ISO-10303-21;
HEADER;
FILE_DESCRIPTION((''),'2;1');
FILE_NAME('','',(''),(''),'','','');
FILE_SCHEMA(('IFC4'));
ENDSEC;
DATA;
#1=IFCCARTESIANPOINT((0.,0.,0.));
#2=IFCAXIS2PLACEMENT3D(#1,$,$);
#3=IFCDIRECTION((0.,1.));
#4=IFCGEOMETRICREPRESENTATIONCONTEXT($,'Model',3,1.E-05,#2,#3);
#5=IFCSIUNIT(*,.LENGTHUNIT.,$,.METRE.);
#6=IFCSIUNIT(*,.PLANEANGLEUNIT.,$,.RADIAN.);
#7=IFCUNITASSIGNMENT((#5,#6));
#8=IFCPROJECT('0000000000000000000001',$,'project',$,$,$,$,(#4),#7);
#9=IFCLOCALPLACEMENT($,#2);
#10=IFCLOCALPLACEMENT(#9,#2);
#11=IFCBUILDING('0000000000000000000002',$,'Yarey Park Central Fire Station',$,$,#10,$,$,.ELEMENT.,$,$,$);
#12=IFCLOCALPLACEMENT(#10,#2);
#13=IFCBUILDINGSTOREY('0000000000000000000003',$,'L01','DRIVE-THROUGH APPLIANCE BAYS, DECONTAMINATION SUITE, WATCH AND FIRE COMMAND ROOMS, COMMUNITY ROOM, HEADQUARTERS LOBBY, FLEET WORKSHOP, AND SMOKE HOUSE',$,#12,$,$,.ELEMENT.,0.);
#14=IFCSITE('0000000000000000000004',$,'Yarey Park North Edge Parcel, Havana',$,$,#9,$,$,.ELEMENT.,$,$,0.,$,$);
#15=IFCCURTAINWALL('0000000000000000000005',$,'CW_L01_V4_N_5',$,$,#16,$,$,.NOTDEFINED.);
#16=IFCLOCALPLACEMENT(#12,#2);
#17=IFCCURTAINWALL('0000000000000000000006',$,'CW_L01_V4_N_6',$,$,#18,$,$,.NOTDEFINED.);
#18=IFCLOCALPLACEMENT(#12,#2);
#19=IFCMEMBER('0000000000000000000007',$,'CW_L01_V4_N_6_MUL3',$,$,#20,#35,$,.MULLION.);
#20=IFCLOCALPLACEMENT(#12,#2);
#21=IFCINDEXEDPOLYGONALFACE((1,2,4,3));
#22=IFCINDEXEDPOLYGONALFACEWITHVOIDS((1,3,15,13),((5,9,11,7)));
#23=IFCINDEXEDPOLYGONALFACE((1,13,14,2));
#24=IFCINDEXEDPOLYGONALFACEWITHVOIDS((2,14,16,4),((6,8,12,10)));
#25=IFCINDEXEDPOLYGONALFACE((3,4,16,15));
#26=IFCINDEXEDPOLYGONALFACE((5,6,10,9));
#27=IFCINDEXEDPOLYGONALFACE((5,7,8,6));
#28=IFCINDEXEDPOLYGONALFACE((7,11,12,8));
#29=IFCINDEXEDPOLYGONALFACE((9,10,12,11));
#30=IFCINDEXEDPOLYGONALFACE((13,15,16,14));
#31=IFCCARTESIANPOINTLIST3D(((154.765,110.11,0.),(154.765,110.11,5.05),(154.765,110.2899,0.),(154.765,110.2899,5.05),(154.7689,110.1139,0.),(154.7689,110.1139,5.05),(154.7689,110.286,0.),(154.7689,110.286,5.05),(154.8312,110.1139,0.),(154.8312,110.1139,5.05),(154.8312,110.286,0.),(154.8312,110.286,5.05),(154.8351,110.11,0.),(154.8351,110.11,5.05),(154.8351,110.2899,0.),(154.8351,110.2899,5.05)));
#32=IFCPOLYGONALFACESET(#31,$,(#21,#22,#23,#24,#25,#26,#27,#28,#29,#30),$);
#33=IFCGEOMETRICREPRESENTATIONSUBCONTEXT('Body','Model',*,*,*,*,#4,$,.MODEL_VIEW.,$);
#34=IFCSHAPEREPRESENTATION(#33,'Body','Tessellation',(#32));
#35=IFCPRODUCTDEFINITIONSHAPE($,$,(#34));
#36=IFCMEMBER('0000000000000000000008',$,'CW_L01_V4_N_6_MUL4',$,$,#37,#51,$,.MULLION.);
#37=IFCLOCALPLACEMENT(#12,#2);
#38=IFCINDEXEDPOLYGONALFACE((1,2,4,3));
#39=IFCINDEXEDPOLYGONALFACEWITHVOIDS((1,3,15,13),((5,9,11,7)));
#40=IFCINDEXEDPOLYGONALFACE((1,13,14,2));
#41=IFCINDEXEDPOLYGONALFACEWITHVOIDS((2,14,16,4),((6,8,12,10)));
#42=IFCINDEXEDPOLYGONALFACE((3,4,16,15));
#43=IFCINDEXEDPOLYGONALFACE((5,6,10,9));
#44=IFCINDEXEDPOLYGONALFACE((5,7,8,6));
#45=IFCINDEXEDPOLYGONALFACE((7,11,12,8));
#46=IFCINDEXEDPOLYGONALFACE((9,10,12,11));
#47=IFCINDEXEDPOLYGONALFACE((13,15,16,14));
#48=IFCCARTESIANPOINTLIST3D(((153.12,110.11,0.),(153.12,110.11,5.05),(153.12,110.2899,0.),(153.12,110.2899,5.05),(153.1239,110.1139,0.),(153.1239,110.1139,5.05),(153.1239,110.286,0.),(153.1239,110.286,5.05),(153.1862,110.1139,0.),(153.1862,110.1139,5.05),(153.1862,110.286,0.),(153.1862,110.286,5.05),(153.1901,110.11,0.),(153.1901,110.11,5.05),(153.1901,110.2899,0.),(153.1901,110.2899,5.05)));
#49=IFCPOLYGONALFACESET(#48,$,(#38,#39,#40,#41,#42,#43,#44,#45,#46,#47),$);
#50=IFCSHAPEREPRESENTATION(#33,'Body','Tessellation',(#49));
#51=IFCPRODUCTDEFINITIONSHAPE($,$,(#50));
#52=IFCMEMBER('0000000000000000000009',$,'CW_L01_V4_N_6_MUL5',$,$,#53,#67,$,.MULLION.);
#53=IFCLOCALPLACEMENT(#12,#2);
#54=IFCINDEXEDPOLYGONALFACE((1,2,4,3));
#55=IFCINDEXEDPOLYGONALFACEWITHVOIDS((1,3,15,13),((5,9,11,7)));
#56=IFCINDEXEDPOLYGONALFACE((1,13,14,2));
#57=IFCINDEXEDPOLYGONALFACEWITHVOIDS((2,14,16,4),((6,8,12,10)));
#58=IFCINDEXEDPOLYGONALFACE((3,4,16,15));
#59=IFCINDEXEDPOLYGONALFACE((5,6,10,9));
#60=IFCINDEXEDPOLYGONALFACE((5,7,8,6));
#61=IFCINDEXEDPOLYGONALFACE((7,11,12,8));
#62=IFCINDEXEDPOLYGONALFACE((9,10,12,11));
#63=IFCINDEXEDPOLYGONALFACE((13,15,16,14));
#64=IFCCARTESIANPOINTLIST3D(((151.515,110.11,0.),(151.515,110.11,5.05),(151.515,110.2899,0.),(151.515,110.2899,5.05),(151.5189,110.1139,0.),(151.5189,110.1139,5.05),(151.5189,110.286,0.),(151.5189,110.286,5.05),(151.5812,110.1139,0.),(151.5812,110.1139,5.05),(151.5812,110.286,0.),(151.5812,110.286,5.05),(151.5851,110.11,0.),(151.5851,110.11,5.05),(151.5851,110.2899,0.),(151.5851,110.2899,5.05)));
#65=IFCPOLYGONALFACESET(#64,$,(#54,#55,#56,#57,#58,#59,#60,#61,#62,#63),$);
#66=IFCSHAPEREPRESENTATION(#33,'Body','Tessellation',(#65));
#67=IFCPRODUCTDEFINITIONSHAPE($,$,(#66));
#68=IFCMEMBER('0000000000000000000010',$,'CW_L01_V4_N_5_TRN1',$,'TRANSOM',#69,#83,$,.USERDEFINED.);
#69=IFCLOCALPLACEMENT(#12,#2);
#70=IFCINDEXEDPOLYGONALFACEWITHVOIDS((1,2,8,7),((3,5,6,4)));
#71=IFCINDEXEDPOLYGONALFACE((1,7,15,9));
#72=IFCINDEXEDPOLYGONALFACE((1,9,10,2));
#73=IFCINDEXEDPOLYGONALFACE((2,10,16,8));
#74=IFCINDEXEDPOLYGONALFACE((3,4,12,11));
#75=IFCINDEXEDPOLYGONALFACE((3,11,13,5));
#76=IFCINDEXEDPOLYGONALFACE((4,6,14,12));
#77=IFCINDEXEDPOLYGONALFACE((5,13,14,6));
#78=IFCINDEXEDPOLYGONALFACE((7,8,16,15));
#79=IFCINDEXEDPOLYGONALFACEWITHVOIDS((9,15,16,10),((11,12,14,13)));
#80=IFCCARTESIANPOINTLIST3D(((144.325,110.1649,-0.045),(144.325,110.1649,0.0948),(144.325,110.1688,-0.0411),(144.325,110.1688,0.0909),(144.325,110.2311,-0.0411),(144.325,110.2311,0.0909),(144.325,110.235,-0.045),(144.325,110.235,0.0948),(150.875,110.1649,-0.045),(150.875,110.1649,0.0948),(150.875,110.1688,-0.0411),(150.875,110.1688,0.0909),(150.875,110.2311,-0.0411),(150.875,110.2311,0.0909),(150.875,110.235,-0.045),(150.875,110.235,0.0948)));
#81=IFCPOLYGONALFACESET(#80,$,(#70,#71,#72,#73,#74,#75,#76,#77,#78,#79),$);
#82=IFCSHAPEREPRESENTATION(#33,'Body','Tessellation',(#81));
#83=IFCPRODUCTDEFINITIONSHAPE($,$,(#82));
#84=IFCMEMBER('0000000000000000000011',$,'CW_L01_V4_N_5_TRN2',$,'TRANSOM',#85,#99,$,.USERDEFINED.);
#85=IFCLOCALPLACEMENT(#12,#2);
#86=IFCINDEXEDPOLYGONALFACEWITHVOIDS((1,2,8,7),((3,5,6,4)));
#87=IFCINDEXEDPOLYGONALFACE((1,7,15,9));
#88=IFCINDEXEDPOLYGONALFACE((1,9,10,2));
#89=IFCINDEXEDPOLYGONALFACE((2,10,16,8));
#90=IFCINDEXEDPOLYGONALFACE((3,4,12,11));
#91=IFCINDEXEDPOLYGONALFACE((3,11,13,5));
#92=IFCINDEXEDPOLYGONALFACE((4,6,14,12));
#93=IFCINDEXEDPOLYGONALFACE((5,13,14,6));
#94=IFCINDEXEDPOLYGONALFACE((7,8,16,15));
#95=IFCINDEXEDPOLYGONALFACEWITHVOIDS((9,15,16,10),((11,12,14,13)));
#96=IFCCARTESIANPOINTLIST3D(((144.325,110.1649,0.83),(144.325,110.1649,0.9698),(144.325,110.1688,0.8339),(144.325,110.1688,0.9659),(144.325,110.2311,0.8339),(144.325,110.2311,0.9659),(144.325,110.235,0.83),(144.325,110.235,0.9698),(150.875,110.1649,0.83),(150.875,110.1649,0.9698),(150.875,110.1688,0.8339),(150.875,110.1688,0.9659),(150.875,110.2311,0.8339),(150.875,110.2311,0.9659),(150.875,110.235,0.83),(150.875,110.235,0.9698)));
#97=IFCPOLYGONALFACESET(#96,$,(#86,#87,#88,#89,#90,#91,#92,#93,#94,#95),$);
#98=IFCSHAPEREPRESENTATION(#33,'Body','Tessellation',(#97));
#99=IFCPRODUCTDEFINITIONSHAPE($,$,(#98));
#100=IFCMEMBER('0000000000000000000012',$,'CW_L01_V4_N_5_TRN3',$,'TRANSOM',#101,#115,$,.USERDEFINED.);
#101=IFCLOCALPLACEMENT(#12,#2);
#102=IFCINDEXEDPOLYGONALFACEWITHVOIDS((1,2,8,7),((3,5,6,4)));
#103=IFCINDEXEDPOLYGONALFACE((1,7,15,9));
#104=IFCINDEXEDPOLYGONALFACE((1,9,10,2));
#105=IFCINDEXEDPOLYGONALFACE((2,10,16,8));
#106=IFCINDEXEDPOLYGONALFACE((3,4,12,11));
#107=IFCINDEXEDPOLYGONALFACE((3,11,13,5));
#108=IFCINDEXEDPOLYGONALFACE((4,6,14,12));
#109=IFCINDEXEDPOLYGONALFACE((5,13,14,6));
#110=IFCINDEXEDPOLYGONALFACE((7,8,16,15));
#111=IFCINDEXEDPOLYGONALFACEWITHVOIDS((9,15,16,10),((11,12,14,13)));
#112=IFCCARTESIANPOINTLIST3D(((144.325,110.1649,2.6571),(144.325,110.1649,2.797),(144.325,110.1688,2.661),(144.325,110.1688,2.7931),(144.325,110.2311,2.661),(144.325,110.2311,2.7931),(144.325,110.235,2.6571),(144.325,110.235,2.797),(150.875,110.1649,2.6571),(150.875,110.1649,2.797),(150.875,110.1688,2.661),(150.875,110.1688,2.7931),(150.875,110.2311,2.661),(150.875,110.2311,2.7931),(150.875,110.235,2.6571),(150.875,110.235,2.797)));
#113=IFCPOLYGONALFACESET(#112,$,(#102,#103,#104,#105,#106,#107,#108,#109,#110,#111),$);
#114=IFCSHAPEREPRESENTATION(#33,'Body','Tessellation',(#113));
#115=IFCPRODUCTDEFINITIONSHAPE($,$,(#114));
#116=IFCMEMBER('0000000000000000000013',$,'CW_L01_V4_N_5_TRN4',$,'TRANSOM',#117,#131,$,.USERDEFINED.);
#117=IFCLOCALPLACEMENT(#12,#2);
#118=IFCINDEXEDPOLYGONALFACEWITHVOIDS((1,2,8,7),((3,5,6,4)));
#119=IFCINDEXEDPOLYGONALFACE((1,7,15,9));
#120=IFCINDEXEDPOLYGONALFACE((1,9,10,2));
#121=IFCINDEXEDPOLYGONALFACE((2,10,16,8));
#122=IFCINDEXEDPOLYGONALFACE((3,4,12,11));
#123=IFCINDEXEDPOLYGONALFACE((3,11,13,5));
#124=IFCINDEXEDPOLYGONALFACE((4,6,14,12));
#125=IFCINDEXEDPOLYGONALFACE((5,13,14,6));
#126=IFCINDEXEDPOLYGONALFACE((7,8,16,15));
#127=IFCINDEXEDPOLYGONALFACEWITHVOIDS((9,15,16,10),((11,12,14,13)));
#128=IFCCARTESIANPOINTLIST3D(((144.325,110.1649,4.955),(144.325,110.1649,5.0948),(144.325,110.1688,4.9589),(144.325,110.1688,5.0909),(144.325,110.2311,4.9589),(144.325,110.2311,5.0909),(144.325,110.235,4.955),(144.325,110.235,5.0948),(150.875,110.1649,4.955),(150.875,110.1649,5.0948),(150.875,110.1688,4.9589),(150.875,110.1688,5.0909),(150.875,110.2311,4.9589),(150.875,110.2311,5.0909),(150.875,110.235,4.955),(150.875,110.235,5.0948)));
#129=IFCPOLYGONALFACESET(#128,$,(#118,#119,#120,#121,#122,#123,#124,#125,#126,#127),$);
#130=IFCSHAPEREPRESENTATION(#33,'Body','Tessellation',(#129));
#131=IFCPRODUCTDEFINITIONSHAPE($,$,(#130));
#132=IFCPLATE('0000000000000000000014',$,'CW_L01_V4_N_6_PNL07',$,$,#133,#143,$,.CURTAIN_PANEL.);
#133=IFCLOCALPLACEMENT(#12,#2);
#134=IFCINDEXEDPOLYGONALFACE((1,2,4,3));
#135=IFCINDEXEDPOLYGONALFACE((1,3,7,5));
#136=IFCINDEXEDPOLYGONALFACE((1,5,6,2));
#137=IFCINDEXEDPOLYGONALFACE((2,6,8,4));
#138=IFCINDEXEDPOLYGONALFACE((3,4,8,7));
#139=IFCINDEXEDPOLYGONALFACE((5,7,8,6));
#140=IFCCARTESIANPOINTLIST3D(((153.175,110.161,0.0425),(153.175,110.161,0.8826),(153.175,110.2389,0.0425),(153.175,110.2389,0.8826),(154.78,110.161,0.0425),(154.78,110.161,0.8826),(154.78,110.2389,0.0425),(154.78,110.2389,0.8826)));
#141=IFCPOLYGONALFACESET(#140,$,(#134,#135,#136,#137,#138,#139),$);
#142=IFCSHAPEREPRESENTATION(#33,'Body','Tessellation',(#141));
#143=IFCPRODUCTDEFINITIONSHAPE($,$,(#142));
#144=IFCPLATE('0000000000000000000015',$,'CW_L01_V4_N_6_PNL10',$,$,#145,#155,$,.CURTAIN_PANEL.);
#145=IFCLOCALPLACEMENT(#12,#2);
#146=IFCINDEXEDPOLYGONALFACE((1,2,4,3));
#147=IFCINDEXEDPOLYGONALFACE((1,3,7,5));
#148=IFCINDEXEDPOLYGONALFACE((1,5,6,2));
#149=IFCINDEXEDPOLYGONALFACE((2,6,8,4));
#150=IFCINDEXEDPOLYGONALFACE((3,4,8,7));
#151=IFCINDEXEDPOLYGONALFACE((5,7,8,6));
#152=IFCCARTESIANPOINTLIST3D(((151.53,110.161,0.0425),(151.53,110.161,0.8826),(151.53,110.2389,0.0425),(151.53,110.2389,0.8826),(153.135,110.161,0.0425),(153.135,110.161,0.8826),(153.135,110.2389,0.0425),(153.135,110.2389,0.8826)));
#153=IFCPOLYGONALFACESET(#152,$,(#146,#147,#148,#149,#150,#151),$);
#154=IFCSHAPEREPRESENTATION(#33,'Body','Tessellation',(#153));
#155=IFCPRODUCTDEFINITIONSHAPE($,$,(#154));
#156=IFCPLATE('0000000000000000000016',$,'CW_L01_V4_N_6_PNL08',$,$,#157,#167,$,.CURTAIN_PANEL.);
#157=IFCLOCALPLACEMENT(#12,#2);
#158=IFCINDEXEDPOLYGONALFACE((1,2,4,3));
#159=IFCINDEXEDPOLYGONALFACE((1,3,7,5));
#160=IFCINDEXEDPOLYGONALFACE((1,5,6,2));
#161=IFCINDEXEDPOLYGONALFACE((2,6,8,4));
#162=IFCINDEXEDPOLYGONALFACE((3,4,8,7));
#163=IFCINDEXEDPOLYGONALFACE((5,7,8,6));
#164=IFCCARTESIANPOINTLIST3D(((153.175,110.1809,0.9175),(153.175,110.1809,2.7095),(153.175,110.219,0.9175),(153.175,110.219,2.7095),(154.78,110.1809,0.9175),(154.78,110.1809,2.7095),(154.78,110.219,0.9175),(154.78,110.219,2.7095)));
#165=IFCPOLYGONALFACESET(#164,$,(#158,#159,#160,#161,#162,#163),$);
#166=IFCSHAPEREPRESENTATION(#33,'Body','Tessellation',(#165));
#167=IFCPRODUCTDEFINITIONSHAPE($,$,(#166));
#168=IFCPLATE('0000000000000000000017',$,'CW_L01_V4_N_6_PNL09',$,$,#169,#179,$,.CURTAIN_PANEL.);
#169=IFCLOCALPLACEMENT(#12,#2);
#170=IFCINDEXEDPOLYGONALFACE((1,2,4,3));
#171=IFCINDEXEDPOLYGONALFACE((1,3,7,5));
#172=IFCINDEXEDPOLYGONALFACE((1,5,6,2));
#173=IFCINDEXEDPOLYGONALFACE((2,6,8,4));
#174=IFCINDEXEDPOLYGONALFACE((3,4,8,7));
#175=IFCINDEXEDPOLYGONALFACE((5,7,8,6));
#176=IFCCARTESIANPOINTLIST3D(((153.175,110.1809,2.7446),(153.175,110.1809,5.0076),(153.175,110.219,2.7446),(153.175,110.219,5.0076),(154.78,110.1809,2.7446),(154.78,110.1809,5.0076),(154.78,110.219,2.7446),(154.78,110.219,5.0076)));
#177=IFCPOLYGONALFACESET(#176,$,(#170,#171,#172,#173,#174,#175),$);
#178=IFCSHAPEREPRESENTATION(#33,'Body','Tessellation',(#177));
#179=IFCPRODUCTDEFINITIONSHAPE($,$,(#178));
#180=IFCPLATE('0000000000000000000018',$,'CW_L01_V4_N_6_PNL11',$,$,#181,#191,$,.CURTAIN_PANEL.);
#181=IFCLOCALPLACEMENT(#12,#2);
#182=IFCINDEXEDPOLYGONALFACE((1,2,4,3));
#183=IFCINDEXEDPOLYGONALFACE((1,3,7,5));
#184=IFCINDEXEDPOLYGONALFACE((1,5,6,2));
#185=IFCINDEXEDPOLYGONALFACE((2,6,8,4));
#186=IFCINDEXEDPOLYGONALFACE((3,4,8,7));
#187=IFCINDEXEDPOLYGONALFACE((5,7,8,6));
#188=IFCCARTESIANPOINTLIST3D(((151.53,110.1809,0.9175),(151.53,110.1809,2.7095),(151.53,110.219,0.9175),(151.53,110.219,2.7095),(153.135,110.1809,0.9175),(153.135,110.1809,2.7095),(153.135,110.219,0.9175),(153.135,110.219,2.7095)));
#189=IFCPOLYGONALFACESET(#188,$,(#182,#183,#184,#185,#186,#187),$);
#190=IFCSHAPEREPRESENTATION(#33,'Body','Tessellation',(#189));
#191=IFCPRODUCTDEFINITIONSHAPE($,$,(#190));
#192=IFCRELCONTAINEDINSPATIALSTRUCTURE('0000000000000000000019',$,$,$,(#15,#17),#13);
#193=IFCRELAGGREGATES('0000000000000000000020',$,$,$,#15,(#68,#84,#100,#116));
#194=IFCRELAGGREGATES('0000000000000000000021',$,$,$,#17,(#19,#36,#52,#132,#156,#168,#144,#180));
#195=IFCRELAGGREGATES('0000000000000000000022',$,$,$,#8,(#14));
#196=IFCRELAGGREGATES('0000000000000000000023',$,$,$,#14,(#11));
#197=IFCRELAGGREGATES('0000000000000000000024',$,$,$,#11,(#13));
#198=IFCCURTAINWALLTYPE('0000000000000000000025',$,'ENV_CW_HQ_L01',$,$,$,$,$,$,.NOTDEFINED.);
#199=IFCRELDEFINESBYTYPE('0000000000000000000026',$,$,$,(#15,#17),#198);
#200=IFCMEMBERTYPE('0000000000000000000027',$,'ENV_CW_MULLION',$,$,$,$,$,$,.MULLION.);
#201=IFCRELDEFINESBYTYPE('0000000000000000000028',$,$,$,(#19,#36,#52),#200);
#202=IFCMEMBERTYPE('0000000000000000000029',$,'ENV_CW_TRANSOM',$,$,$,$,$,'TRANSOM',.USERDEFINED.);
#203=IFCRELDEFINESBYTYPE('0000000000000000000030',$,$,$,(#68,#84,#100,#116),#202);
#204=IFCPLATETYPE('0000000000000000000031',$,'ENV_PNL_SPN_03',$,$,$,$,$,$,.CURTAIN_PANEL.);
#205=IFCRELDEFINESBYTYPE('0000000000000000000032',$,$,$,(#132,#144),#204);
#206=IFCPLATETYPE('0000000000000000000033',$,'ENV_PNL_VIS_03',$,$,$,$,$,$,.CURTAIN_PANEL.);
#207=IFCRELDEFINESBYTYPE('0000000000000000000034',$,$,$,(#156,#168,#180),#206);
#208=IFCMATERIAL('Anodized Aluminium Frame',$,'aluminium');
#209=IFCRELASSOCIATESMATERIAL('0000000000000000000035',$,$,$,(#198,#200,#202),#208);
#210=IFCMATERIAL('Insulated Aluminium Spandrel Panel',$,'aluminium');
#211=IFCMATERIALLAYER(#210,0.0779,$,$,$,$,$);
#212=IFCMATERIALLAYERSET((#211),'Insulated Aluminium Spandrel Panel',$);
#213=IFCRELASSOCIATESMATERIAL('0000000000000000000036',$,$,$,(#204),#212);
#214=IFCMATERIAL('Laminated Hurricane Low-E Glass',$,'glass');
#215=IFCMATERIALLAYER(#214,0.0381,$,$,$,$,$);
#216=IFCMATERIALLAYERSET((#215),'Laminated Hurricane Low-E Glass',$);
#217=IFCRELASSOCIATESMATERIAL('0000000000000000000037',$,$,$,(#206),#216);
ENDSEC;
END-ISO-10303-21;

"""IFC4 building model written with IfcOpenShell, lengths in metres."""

from ifc_helpers import new_model, si_unit, direction, frame, origin, origin_2d, place, context, subcontext, project, spatial, rectangle, hollow_rectangle, extrude, material, layer, layer_set, material_profile, profile_set, type_object, element, aggregate, save


model = new_model("IFC4")

# Units and contexts
model_context = context("Model", 3, precision=1e-05, world=origin(), true_north=direction((0.0, 1.0)))
body_context = subcontext(model_context, "Body", "Model", "MODEL_VIEW")
ifc_project = project(units=[si_unit("LENGTHUNIT", "METRE"), si_unit("PLANEANGLEUNIT", "RADIAN")], contexts=[model_context])

# Site, building, storey
site_placement = place(None, origin())
site = spatial("IfcSite", under=ifc_project, at=site_placement, Name="Yarey Park North Edge Parcel, Havana", CompositionType="ELEMENT", RefElevation=0.0)
building_placement = place(site_placement, origin())
building = spatial("IfcBuilding", under=site, at=building_placement, Name="Yarey Park Central Fire Station", CompositionType="ELEMENT")
storey_placement = place(building_placement, origin())
storey = spatial("IfcBuildingStorey", under=building, at=storey_placement, Name="L01", Description="DRIVE-THROUGH APPLIANCE BAYS, DECONTAMINATION SUITE, WATCH AND FIRE COMMAND ROOMS, COMMUNITY ROOM, HEADQUARTERS LOBBY, FLEET WORKSHOP, AND SMOKE HOUSE", CompositionType="ELEMENT", Elevation=0.0)

# Curtain wall
ifc_material_1 = material(Name="Anodized Aluminium Frame", Category="aluminium")
curtain_wall_type = type_object("IfcCurtainWallType", Name="ENV_CW_HQ_L01", PredefinedType="NOTDEFINED", material=ifc_material_1)
curtain_wall_1_placement = place(storey_placement, origin())
curtain_wall_1 = element("IfcCurtainWall", 1, at=curtain_wall_1_placement, inside=storey, type_object=curtain_wall_type, Name="CW_L01_V4_N_5", PredefinedType="NOTDEFINED")
ifc_material_profile_1 = material_profile(ifc_material_1, hollow_rectangle(XDim=0.0701, YDim=0.1799, WallThickness=0.0039, at=origin_2d()), Name="ALU 180x70x4")
ifc_profile_set_1 = profile_set([ifc_material_profile_1], Name="Anodized Aluminium Frame")
member_type_1 = type_object("IfcMemberType", Name="ENV_CW_MULLION", PredefinedType="MULLION", material=ifc_profile_set_1)

# Curtain wall, members
curtain_wall_2_placement = place(storey_placement, origin())
curtain_wall_2 = element("IfcCurtainWall", 2, at=curtain_wall_2_placement, inside=storey, type_object=curtain_wall_type, Name="CW_L01_V4_N_6", PredefinedType="NOTDEFINED")
member_1_placement = place(storey_placement, frame((154.8, 110.2, 0.0), z_axis=(0.0, 0.0, 1.0), x_axis=(1.0, 0.0, 0.0)))
member_1 = element("IfcMember", 3, at=member_1_placement, type_object=member_type_1, Name="CW_L01_V4_N_6_MUL3", PredefinedType="MULLION", context=body_context, shape_type="SweptSolid", body=[
    extrude(hollow_rectangle(XDim=0.0701, YDim=0.1799, WallThickness=0.0039, at=origin_2d()), origin(), (0.0, 0.0, 1.0), 5.05),
])
member_2_placement = place(storey_placement, frame((153.155, 110.2, 0.0), z_axis=(0.0, 0.0, 1.0), x_axis=(1.0, 0.0, 0.0)))
member_2 = element("IfcMember", 4, at=member_2_placement, type_object=member_type_1, Name="CW_L01_V4_N_6_MUL4", PredefinedType="MULLION", context=body_context, shape_type="SweptSolid", body=[
    extrude(hollow_rectangle(XDim=0.0701, YDim=0.1799, WallThickness=0.0039, at=origin_2d()), origin(), (0.0, 0.0, 1.0), 5.05),
])
member_3_placement = place(storey_placement, frame((151.55, 110.2, 0.0), z_axis=(0.0, 0.0, 1.0), x_axis=(1.0, 0.0, 0.0)))
member_3 = element("IfcMember", 5, at=member_3_placement, type_object=member_type_1, Name="CW_L01_V4_N_6_MUL5", PredefinedType="MULLION", context=body_context, shape_type="SweptSolid", body=[
    extrude(hollow_rectangle(XDim=0.0701, YDim=0.1799, WallThickness=0.0039, at=origin_2d()), origin(), (0.0, 0.0, 1.0), 5.05),
])

# Members
ifc_material_profile_2 = material_profile(ifc_material_1, hollow_rectangle(XDim=0.0701, YDim=0.1399, WallThickness=0.0039, at=origin_2d()), Name="ALU 140x70x4")
ifc_profile_set_2 = profile_set([ifc_material_profile_2], Name="Anodized Aluminium Frame")
member_type_2 = type_object("IfcMemberType", Name="ENV_CW_TRANSOM", ElementType="TRANSOM", PredefinedType="USERDEFINED", material=ifc_profile_set_2)
member_4_placement = place(storey_placement, frame((150.875, 110.2, 0.0249), z_axis=(-1.0, 0.0, 0.0), x_axis=(0.0, -1.0, 0.0)))
member_4 = element("IfcMember", 6, at=member_4_placement, type_object=member_type_2, Name="CW_L01_V4_N_5_TRN1", ObjectType="TRANSOM", PredefinedType="USERDEFINED", context=body_context, shape_type="SweptSolid", body=[
    extrude(hollow_rectangle(XDim=0.0701, YDim=0.1399, WallThickness=0.0039, at=origin_2d()), origin(), (0.0, 0.0, 1.0), 6.55),
])
member_5_placement = place(storey_placement, frame((150.875, 110.2, 0.8999), z_axis=(-1.0, 0.0, 0.0), x_axis=(0.0, -1.0, 0.0)))
member_5 = element("IfcMember", 7, at=member_5_placement, type_object=member_type_2, Name="CW_L01_V4_N_5_TRN2", ObjectType="TRANSOM", PredefinedType="USERDEFINED", context=body_context, shape_type="SweptSolid", body=[
    extrude(hollow_rectangle(XDim=0.0701, YDim=0.1399, WallThickness=0.0039, at=origin_2d()), origin(), (0.0, 0.0, 1.0), 6.55),
])
member_6_placement = place(storey_placement, frame((150.875, 110.2, 2.7271), z_axis=(-1.0, 0.0, 0.0), x_axis=(0.0, -1.0, 0.0)))
member_6 = element("IfcMember", 8, at=member_6_placement, type_object=member_type_2, Name="CW_L01_V4_N_5_TRN3", ObjectType="TRANSOM", PredefinedType="USERDEFINED", context=body_context, shape_type="SweptSolid", body=[
    extrude(hollow_rectangle(XDim=0.0701, YDim=0.1399, WallThickness=0.0039, at=origin_2d()), origin(), (0.0, 0.0, 1.0), 6.55),
])
member_7_placement = place(storey_placement, frame((150.875, 110.2, 5.0249), z_axis=(-1.0, 0.0, 0.0), x_axis=(0.0, -1.0, 0.0)))
member_7 = element("IfcMember", 9, at=member_7_placement, type_object=member_type_2, Name="CW_L01_V4_N_5_TRN4", ObjectType="TRANSOM", PredefinedType="USERDEFINED", context=body_context, shape_type="SweptSolid", body=[
    extrude(hollow_rectangle(XDim=0.0701, YDim=0.1399, WallThickness=0.0039, at=origin_2d()), origin(), (0.0, 0.0, 1.0), 6.55),
])
aggregate(curtain_wall_1, [member_4, member_5, member_6, member_7])

# Plates
ifc_material_2 = material(Name="Insulated Aluminium Spandrel Panel", Category="aluminium")
ifc_layer_1 = layer(ifc_material_2, 0.0779)
ifc_layer_set_1 = layer_set([ifc_layer_1], Name="Insulated Aluminium Spandrel Panel")
plate_type_1 = type_object("IfcPlateType", Name="ENV_PNL_SPN_03", PredefinedType="CURTAIN_PANEL", material=ifc_layer_set_1)
plate_1_placement = place(storey_placement, frame((153.9775, 110.2, 0.0425), z_axis=(0.0, 0.0, 1.0), x_axis=(-1.0, 0.0, 0.0)))
plate_1 = element("IfcPlate", 10, at=plate_1_placement, type_object=plate_type_1, Name="CW_L01_V4_N_6_PNL07", PredefinedType="CURTAIN_PANEL", context=body_context, shape_type="SweptSolid", body=[
    extrude(rectangle(XDim=1.605, YDim=0.0779, at=origin_2d()), origin(), (0.0, 0.0, 1.0), 0.8401),
])
plate_2_placement = place(storey_placement, frame((152.3325, 110.2, 0.0425), z_axis=(0.0, 0.0, 1.0), x_axis=(-1.0, 0.0, 0.0)))
plate_2 = element("IfcPlate", 11, at=plate_2_placement, type_object=plate_type_1, Name="CW_L01_V4_N_6_PNL10", PredefinedType="CURTAIN_PANEL", context=body_context, shape_type="SweptSolid", body=[
    extrude(rectangle(XDim=1.605, YDim=0.0779, at=origin_2d()), origin(), (0.0, 0.0, 1.0), 0.8401),
])
ifc_material_3 = material(Name="Laminated Hurricane Low-E Glass", Category="glass")
ifc_layer_2 = layer(ifc_material_3, 0.0381)
ifc_layer_set_2 = layer_set([ifc_layer_2], Name="Laminated Hurricane Low-E Glass")
plate_type_2 = type_object("IfcPlateType", Name="ENV_PNL_VIS_03", PredefinedType="CURTAIN_PANEL", material=ifc_layer_set_2)
plate_3_placement = place(storey_placement, frame((153.9775, 110.2, 0.9175), z_axis=(0.0, 0.0, 1.0), x_axis=(-1.0, 0.0, 0.0)))
plate_3 = element("IfcPlate", 12, at=plate_3_placement, type_object=plate_type_2, Name="CW_L01_V4_N_6_PNL08", PredefinedType="CURTAIN_PANEL", context=body_context, shape_type="SweptSolid", body=[
    extrude(rectangle(XDim=1.605, YDim=0.0381, at=origin_2d()), origin(), (0.0, 0.0, 1.0), 1.792),
])
plate_4_placement = place(storey_placement, frame((153.9775, 110.2, 2.7446), z_axis=(0.0, 0.0, 1.0), x_axis=(-1.0, 0.0, 0.0)))
plate_4 = element("IfcPlate", 13, at=plate_4_placement, type_object=plate_type_2, Name="CW_L01_V4_N_6_PNL09", PredefinedType="CURTAIN_PANEL", context=body_context, shape_type="SweptSolid", body=[
    extrude(rectangle(XDim=1.605, YDim=0.0381, at=origin_2d()), origin(), (0.0, 0.0, 1.0), 2.2629),
])
plate_5_placement = place(storey_placement, frame((152.3325, 110.2, 0.9175), z_axis=(0.0, 0.0, 1.0), x_axis=(-1.0, 0.0, 0.0)))
plate_5 = element("IfcPlate", 14, at=plate_5_placement, type_object=plate_type_2, Name="CW_L01_V4_N_6_PNL11", PredefinedType="CURTAIN_PANEL", context=body_context, shape_type="SweptSolid", body=[
    extrude(rectangle(XDim=1.605, YDim=0.0381, at=origin_2d()), origin(), (0.0, 0.0, 1.0), 1.792),
])
aggregate(curtain_wall_2, [member_1, member_2, member_3, plate_1, plate_3, plate_4, plate_2, plate_5])

save(model, "model.ifc")
